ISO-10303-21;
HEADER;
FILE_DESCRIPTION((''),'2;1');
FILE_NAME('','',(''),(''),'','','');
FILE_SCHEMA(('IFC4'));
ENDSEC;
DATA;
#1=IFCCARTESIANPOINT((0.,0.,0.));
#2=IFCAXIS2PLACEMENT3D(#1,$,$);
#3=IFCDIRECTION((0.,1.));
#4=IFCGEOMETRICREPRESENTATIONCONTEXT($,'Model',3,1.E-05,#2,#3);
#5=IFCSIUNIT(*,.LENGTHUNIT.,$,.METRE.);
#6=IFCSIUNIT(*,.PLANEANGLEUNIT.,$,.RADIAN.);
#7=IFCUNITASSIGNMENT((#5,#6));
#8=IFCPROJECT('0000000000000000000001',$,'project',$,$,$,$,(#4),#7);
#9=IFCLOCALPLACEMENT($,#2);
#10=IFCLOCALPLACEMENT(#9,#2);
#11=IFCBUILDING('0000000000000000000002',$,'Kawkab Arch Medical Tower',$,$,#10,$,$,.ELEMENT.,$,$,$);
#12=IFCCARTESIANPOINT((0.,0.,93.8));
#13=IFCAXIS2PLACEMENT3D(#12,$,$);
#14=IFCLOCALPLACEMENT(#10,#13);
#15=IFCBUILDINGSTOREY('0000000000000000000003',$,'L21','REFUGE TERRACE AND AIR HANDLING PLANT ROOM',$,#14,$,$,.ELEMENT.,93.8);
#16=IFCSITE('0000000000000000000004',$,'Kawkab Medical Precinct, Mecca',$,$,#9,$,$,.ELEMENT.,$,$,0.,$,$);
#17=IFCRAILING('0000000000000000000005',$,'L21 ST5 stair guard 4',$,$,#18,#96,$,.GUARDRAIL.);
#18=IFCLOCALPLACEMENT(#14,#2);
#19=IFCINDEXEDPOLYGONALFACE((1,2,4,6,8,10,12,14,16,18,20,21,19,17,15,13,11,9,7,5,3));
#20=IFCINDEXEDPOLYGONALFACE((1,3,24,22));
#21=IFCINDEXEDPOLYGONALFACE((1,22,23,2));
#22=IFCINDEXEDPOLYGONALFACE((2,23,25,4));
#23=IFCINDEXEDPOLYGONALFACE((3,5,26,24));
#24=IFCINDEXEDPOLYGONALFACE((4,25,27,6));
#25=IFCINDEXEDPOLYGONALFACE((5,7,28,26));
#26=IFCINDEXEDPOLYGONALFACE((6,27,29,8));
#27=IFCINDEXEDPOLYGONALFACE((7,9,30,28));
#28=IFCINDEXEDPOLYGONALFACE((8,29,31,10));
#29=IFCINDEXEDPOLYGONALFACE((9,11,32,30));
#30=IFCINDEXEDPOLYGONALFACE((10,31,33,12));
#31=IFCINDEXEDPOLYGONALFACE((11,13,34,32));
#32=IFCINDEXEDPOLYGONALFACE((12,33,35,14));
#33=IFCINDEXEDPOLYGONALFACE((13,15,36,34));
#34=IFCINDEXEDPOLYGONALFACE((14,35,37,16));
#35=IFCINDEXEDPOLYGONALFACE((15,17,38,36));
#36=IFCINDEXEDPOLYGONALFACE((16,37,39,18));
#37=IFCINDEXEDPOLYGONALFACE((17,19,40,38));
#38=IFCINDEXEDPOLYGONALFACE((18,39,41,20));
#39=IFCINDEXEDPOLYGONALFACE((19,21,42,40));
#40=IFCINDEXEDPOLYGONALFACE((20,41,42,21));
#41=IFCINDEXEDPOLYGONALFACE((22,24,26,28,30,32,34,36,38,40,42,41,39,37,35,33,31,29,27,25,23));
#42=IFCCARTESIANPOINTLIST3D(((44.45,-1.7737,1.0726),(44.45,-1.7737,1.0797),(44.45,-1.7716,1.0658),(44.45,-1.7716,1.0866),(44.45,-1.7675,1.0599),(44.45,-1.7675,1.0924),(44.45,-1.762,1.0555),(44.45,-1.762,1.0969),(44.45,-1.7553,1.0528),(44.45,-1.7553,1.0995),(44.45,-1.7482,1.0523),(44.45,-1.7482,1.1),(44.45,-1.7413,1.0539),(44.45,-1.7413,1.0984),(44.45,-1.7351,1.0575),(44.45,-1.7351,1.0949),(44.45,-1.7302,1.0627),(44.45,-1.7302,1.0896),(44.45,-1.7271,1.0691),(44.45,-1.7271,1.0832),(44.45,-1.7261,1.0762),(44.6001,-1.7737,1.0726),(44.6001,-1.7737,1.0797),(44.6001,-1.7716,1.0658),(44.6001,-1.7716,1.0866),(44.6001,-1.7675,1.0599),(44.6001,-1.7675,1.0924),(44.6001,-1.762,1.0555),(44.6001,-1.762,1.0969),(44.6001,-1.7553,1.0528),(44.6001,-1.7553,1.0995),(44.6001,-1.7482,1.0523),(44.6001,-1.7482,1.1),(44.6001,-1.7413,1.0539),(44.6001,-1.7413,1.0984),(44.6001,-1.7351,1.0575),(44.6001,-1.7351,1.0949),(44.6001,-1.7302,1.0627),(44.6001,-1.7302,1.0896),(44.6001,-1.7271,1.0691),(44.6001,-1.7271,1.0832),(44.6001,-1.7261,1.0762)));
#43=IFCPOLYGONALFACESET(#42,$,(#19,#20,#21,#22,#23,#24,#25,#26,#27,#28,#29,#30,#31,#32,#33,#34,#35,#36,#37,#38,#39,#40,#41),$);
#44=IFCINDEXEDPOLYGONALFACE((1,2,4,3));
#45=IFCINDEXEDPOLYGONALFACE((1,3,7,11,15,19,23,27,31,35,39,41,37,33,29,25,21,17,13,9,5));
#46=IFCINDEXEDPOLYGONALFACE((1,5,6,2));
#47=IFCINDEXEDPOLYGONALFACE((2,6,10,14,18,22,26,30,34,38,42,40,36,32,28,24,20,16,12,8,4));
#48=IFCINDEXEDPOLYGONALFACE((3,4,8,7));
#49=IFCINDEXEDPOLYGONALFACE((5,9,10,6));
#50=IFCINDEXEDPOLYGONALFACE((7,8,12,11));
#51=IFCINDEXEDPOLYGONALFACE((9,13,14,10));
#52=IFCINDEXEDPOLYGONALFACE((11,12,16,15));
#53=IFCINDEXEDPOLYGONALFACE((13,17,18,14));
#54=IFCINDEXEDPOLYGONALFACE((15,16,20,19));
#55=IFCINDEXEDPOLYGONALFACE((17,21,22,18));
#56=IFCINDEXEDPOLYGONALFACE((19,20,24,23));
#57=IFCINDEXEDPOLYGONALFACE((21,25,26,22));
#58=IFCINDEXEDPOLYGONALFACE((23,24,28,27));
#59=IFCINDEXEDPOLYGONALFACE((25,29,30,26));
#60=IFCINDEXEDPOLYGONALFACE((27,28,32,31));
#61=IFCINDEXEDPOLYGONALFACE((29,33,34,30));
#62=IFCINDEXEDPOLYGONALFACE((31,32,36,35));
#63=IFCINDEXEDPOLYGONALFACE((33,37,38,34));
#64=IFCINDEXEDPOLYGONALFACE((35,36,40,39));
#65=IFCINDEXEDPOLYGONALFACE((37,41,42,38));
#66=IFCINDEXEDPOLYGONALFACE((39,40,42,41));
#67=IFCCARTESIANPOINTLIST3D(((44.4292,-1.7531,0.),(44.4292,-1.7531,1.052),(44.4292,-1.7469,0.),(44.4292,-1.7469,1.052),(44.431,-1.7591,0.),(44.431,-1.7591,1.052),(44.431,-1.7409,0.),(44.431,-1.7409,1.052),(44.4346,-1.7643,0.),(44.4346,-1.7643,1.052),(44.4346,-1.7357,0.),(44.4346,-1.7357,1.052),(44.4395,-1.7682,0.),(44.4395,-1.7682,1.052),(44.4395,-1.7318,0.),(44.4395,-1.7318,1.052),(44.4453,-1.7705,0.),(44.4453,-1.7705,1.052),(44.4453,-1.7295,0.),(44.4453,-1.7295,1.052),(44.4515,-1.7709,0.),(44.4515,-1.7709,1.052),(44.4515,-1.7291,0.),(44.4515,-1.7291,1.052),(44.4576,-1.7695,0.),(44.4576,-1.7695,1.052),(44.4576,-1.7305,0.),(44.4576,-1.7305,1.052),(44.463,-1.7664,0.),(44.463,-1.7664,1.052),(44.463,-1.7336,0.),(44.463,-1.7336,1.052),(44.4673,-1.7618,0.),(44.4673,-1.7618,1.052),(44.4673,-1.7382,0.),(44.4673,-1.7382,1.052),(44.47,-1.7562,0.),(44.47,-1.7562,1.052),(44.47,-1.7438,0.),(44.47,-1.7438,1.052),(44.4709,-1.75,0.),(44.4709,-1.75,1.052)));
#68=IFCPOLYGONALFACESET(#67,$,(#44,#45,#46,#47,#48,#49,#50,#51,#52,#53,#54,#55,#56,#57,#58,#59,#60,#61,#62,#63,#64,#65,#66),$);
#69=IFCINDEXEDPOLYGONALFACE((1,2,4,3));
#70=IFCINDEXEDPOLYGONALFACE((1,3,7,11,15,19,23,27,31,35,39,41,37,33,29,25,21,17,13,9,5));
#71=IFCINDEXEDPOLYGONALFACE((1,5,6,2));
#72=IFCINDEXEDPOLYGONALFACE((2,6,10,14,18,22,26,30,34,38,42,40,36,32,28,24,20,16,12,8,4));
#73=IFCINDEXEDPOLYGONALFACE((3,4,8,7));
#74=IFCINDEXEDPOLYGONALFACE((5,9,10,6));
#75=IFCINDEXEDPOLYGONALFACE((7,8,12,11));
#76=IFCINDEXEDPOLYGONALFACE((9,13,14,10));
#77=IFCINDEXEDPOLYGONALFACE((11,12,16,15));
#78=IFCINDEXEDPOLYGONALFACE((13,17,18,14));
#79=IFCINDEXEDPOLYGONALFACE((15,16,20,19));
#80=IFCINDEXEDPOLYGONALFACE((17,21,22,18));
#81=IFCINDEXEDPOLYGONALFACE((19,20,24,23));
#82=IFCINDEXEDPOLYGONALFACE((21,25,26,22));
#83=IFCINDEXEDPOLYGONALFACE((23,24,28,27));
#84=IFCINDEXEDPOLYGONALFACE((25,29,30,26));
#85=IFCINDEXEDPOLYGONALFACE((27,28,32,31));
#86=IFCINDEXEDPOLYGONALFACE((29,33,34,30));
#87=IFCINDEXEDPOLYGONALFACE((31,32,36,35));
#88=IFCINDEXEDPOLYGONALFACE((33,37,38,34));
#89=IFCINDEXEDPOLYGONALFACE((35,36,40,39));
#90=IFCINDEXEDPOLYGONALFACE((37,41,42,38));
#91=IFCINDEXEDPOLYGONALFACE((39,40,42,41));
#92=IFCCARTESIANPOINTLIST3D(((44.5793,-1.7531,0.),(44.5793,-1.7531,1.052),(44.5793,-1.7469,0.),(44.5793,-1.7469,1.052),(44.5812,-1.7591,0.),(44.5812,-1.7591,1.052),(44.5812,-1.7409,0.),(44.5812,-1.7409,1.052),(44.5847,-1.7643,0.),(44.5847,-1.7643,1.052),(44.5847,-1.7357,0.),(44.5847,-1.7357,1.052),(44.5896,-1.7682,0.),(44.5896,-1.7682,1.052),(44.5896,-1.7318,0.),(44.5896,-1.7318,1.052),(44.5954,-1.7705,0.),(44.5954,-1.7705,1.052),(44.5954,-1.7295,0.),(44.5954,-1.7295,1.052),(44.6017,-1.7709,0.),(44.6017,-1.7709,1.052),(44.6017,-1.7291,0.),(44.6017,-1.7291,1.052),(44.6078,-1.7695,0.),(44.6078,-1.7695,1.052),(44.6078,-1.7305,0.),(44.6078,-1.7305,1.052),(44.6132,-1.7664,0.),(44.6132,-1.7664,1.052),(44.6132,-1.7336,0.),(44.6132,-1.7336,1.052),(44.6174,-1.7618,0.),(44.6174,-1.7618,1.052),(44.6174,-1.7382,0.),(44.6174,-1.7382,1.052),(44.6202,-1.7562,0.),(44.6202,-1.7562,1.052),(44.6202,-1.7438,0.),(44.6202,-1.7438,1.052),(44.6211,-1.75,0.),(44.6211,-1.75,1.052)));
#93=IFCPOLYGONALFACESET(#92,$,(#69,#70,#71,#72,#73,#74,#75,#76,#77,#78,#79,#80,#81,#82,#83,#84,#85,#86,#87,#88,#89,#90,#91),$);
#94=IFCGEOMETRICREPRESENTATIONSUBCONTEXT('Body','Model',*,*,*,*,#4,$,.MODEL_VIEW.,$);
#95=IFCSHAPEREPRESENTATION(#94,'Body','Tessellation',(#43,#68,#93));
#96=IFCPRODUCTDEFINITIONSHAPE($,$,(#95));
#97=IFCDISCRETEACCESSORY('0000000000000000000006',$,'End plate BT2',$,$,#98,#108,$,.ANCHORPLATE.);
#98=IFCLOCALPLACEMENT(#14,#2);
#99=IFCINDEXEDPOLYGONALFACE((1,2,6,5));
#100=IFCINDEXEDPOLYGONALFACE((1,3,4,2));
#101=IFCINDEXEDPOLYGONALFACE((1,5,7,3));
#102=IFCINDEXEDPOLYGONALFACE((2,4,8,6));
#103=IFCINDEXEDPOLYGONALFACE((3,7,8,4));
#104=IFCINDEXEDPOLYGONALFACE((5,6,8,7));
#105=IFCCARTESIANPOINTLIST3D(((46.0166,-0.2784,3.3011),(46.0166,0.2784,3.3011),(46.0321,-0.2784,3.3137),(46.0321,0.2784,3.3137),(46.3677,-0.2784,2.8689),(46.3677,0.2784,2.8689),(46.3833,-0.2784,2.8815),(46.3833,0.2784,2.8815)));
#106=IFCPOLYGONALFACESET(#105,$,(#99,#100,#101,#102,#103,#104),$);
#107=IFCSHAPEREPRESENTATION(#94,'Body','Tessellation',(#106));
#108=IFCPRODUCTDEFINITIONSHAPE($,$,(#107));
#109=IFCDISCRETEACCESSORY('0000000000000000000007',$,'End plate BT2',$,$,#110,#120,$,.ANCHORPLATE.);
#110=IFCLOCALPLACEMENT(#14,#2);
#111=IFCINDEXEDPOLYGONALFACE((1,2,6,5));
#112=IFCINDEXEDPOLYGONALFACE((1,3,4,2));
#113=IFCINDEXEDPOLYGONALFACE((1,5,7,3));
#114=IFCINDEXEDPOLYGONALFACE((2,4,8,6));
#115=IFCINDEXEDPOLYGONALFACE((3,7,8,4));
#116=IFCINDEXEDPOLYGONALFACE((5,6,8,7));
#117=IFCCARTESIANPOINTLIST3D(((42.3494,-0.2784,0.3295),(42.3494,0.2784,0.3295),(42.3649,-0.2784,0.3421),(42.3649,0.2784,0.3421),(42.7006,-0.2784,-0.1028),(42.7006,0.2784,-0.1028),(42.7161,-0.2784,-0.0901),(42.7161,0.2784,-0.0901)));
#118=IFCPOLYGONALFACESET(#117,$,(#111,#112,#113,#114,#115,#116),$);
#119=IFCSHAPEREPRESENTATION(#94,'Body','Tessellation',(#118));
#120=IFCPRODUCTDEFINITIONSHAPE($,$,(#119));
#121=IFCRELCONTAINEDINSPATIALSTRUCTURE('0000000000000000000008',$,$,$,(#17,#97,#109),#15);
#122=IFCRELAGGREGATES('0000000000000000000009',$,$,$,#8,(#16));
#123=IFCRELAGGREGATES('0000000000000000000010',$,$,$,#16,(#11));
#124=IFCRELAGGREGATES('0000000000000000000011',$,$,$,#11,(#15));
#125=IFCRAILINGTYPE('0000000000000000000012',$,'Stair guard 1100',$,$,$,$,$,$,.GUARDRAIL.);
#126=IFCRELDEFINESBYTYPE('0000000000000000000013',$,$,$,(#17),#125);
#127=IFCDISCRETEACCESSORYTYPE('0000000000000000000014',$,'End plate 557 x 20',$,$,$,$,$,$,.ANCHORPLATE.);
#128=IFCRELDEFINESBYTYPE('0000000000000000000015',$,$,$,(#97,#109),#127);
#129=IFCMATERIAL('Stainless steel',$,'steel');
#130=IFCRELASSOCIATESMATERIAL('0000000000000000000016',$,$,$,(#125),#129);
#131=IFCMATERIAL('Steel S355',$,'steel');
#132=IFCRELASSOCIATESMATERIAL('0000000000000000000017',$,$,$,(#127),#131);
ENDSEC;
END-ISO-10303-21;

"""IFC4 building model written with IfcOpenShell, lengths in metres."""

from ifc_helpers import new_model, si_unit, direction, frame, origin, origin_2d, place, context, subcontext, project, spatial, rectangle, circle, extrude, material, material_profile, profile_set, type_object, element, save


model = new_model("IFC4")

# Units and contexts
model_context = context("Model", 3, precision=1e-05, world=origin(), true_north=direction((0.0, 1.0)))
body_context = subcontext(model_context, "Body", "Model", "MODEL_VIEW")
ifc_project = project(units=[si_unit("LENGTHUNIT", "METRE"), si_unit("PLANEANGLEUNIT", "RADIAN")], contexts=[model_context])

# Site, building, storey
site_placement = place(None, origin())
site = spatial("IfcSite", under=ifc_project, at=site_placement, Name="Kawkab Medical Precinct, Mecca", CompositionType="ELEMENT", RefElevation=0.0)
building_placement = place(site_placement, origin())
building = spatial("IfcBuilding", under=site, at=building_placement, Name="Kawkab Arch Medical Tower", CompositionType="ELEMENT")
storey_placement = place(building_placement, frame((0.0, 0.0, 93.8)))
storey = spatial("IfcBuildingStorey", under=building, at=storey_placement, Name="L21", Description="REFUGE TERRACE AND AIR HANDLING PLANT ROOM", CompositionType="ELEMENT", Elevation=93.8)

# Railing
ifc_material_1 = material(Name="Stainless steel", Category="steel")
railing_type = type_object("IfcRailingType", Name="Stair guard 1100", PredefinedType="GUARDRAIL", material=ifc_material_1)
railing_1_placement = place(storey_placement, frame((44.45, -1.75, 0.0)))
element("IfcRailing", 1, at=railing_1_placement, inside=storey, type_object=railing_type, Name="L21 ST5 stair guard 4", PredefinedType="GUARDRAIL", context=body_context, shape_type="SweptSolid", body=[
    extrude(circle(Radius=0.0239, at=origin_2d()), frame((0.0, 0.0, 1.0762), z_axis=(1.0, 0.0, 0.0), x_axis=(0.0, 1.0, 0.0)), (0.0, 0.0, 1.0), 0.1501),
    extrude(circle(Radius=0.021, at=origin_2d()), origin(), (0.0, 0.0, 1.0), 1.052),
    extrude(circle(Radius=0.021, at=origin_2d()), frame((0.1501, 0.0, 0.0)), (0.0, 0.0, 1.0), 1.052),
])

# Discrete accessories
ifc_material_2 = material(Name="Steel S355", Category="steel")
ifc_material_profile_1 = material_profile(ifc_material_2, rectangle(XDim=0.5569, YDim=0.5569, at=origin_2d()), Name="End plate 557 x 20")
ifc_profile_set_1 = profile_set([ifc_material_profile_1], Name="Steel S355")
discrete_accessory_type = type_object("IfcDiscreteAccessoryType", Name="End plate 557 x 20", PredefinedType="ANCHORPLATE", material=ifc_profile_set_1)
for number, where, z_axis, x_axis, name in (
    (2, (46.1921, 0.0, 3.085), (0.776114, 0.0, 0.630593), (0.0, 1.0, 0.0), "End plate BT2"),
    (3, (42.5405, 0.0, 0.126), (-0.776114, 0.0, -0.630593), (0.0, -1.0, 0.0), "End plate BT2"),
):
    element("IfcDiscreteAccessory", number, at=place(storey_placement, frame(where, z_axis=z_axis, x_axis=x_axis)), inside=storey, type_object=discrete_accessory_type, Name=name, PredefinedType="ANCHORPLATE", context=body_context, shape_type="SweptSolid", body=[
        extrude(rectangle(XDim=0.5569, YDim=0.5569, at=origin_2d()), origin(), (0.0, 0.0, 1.0), 0.02),
    ])

save(model, "model.ifc")
